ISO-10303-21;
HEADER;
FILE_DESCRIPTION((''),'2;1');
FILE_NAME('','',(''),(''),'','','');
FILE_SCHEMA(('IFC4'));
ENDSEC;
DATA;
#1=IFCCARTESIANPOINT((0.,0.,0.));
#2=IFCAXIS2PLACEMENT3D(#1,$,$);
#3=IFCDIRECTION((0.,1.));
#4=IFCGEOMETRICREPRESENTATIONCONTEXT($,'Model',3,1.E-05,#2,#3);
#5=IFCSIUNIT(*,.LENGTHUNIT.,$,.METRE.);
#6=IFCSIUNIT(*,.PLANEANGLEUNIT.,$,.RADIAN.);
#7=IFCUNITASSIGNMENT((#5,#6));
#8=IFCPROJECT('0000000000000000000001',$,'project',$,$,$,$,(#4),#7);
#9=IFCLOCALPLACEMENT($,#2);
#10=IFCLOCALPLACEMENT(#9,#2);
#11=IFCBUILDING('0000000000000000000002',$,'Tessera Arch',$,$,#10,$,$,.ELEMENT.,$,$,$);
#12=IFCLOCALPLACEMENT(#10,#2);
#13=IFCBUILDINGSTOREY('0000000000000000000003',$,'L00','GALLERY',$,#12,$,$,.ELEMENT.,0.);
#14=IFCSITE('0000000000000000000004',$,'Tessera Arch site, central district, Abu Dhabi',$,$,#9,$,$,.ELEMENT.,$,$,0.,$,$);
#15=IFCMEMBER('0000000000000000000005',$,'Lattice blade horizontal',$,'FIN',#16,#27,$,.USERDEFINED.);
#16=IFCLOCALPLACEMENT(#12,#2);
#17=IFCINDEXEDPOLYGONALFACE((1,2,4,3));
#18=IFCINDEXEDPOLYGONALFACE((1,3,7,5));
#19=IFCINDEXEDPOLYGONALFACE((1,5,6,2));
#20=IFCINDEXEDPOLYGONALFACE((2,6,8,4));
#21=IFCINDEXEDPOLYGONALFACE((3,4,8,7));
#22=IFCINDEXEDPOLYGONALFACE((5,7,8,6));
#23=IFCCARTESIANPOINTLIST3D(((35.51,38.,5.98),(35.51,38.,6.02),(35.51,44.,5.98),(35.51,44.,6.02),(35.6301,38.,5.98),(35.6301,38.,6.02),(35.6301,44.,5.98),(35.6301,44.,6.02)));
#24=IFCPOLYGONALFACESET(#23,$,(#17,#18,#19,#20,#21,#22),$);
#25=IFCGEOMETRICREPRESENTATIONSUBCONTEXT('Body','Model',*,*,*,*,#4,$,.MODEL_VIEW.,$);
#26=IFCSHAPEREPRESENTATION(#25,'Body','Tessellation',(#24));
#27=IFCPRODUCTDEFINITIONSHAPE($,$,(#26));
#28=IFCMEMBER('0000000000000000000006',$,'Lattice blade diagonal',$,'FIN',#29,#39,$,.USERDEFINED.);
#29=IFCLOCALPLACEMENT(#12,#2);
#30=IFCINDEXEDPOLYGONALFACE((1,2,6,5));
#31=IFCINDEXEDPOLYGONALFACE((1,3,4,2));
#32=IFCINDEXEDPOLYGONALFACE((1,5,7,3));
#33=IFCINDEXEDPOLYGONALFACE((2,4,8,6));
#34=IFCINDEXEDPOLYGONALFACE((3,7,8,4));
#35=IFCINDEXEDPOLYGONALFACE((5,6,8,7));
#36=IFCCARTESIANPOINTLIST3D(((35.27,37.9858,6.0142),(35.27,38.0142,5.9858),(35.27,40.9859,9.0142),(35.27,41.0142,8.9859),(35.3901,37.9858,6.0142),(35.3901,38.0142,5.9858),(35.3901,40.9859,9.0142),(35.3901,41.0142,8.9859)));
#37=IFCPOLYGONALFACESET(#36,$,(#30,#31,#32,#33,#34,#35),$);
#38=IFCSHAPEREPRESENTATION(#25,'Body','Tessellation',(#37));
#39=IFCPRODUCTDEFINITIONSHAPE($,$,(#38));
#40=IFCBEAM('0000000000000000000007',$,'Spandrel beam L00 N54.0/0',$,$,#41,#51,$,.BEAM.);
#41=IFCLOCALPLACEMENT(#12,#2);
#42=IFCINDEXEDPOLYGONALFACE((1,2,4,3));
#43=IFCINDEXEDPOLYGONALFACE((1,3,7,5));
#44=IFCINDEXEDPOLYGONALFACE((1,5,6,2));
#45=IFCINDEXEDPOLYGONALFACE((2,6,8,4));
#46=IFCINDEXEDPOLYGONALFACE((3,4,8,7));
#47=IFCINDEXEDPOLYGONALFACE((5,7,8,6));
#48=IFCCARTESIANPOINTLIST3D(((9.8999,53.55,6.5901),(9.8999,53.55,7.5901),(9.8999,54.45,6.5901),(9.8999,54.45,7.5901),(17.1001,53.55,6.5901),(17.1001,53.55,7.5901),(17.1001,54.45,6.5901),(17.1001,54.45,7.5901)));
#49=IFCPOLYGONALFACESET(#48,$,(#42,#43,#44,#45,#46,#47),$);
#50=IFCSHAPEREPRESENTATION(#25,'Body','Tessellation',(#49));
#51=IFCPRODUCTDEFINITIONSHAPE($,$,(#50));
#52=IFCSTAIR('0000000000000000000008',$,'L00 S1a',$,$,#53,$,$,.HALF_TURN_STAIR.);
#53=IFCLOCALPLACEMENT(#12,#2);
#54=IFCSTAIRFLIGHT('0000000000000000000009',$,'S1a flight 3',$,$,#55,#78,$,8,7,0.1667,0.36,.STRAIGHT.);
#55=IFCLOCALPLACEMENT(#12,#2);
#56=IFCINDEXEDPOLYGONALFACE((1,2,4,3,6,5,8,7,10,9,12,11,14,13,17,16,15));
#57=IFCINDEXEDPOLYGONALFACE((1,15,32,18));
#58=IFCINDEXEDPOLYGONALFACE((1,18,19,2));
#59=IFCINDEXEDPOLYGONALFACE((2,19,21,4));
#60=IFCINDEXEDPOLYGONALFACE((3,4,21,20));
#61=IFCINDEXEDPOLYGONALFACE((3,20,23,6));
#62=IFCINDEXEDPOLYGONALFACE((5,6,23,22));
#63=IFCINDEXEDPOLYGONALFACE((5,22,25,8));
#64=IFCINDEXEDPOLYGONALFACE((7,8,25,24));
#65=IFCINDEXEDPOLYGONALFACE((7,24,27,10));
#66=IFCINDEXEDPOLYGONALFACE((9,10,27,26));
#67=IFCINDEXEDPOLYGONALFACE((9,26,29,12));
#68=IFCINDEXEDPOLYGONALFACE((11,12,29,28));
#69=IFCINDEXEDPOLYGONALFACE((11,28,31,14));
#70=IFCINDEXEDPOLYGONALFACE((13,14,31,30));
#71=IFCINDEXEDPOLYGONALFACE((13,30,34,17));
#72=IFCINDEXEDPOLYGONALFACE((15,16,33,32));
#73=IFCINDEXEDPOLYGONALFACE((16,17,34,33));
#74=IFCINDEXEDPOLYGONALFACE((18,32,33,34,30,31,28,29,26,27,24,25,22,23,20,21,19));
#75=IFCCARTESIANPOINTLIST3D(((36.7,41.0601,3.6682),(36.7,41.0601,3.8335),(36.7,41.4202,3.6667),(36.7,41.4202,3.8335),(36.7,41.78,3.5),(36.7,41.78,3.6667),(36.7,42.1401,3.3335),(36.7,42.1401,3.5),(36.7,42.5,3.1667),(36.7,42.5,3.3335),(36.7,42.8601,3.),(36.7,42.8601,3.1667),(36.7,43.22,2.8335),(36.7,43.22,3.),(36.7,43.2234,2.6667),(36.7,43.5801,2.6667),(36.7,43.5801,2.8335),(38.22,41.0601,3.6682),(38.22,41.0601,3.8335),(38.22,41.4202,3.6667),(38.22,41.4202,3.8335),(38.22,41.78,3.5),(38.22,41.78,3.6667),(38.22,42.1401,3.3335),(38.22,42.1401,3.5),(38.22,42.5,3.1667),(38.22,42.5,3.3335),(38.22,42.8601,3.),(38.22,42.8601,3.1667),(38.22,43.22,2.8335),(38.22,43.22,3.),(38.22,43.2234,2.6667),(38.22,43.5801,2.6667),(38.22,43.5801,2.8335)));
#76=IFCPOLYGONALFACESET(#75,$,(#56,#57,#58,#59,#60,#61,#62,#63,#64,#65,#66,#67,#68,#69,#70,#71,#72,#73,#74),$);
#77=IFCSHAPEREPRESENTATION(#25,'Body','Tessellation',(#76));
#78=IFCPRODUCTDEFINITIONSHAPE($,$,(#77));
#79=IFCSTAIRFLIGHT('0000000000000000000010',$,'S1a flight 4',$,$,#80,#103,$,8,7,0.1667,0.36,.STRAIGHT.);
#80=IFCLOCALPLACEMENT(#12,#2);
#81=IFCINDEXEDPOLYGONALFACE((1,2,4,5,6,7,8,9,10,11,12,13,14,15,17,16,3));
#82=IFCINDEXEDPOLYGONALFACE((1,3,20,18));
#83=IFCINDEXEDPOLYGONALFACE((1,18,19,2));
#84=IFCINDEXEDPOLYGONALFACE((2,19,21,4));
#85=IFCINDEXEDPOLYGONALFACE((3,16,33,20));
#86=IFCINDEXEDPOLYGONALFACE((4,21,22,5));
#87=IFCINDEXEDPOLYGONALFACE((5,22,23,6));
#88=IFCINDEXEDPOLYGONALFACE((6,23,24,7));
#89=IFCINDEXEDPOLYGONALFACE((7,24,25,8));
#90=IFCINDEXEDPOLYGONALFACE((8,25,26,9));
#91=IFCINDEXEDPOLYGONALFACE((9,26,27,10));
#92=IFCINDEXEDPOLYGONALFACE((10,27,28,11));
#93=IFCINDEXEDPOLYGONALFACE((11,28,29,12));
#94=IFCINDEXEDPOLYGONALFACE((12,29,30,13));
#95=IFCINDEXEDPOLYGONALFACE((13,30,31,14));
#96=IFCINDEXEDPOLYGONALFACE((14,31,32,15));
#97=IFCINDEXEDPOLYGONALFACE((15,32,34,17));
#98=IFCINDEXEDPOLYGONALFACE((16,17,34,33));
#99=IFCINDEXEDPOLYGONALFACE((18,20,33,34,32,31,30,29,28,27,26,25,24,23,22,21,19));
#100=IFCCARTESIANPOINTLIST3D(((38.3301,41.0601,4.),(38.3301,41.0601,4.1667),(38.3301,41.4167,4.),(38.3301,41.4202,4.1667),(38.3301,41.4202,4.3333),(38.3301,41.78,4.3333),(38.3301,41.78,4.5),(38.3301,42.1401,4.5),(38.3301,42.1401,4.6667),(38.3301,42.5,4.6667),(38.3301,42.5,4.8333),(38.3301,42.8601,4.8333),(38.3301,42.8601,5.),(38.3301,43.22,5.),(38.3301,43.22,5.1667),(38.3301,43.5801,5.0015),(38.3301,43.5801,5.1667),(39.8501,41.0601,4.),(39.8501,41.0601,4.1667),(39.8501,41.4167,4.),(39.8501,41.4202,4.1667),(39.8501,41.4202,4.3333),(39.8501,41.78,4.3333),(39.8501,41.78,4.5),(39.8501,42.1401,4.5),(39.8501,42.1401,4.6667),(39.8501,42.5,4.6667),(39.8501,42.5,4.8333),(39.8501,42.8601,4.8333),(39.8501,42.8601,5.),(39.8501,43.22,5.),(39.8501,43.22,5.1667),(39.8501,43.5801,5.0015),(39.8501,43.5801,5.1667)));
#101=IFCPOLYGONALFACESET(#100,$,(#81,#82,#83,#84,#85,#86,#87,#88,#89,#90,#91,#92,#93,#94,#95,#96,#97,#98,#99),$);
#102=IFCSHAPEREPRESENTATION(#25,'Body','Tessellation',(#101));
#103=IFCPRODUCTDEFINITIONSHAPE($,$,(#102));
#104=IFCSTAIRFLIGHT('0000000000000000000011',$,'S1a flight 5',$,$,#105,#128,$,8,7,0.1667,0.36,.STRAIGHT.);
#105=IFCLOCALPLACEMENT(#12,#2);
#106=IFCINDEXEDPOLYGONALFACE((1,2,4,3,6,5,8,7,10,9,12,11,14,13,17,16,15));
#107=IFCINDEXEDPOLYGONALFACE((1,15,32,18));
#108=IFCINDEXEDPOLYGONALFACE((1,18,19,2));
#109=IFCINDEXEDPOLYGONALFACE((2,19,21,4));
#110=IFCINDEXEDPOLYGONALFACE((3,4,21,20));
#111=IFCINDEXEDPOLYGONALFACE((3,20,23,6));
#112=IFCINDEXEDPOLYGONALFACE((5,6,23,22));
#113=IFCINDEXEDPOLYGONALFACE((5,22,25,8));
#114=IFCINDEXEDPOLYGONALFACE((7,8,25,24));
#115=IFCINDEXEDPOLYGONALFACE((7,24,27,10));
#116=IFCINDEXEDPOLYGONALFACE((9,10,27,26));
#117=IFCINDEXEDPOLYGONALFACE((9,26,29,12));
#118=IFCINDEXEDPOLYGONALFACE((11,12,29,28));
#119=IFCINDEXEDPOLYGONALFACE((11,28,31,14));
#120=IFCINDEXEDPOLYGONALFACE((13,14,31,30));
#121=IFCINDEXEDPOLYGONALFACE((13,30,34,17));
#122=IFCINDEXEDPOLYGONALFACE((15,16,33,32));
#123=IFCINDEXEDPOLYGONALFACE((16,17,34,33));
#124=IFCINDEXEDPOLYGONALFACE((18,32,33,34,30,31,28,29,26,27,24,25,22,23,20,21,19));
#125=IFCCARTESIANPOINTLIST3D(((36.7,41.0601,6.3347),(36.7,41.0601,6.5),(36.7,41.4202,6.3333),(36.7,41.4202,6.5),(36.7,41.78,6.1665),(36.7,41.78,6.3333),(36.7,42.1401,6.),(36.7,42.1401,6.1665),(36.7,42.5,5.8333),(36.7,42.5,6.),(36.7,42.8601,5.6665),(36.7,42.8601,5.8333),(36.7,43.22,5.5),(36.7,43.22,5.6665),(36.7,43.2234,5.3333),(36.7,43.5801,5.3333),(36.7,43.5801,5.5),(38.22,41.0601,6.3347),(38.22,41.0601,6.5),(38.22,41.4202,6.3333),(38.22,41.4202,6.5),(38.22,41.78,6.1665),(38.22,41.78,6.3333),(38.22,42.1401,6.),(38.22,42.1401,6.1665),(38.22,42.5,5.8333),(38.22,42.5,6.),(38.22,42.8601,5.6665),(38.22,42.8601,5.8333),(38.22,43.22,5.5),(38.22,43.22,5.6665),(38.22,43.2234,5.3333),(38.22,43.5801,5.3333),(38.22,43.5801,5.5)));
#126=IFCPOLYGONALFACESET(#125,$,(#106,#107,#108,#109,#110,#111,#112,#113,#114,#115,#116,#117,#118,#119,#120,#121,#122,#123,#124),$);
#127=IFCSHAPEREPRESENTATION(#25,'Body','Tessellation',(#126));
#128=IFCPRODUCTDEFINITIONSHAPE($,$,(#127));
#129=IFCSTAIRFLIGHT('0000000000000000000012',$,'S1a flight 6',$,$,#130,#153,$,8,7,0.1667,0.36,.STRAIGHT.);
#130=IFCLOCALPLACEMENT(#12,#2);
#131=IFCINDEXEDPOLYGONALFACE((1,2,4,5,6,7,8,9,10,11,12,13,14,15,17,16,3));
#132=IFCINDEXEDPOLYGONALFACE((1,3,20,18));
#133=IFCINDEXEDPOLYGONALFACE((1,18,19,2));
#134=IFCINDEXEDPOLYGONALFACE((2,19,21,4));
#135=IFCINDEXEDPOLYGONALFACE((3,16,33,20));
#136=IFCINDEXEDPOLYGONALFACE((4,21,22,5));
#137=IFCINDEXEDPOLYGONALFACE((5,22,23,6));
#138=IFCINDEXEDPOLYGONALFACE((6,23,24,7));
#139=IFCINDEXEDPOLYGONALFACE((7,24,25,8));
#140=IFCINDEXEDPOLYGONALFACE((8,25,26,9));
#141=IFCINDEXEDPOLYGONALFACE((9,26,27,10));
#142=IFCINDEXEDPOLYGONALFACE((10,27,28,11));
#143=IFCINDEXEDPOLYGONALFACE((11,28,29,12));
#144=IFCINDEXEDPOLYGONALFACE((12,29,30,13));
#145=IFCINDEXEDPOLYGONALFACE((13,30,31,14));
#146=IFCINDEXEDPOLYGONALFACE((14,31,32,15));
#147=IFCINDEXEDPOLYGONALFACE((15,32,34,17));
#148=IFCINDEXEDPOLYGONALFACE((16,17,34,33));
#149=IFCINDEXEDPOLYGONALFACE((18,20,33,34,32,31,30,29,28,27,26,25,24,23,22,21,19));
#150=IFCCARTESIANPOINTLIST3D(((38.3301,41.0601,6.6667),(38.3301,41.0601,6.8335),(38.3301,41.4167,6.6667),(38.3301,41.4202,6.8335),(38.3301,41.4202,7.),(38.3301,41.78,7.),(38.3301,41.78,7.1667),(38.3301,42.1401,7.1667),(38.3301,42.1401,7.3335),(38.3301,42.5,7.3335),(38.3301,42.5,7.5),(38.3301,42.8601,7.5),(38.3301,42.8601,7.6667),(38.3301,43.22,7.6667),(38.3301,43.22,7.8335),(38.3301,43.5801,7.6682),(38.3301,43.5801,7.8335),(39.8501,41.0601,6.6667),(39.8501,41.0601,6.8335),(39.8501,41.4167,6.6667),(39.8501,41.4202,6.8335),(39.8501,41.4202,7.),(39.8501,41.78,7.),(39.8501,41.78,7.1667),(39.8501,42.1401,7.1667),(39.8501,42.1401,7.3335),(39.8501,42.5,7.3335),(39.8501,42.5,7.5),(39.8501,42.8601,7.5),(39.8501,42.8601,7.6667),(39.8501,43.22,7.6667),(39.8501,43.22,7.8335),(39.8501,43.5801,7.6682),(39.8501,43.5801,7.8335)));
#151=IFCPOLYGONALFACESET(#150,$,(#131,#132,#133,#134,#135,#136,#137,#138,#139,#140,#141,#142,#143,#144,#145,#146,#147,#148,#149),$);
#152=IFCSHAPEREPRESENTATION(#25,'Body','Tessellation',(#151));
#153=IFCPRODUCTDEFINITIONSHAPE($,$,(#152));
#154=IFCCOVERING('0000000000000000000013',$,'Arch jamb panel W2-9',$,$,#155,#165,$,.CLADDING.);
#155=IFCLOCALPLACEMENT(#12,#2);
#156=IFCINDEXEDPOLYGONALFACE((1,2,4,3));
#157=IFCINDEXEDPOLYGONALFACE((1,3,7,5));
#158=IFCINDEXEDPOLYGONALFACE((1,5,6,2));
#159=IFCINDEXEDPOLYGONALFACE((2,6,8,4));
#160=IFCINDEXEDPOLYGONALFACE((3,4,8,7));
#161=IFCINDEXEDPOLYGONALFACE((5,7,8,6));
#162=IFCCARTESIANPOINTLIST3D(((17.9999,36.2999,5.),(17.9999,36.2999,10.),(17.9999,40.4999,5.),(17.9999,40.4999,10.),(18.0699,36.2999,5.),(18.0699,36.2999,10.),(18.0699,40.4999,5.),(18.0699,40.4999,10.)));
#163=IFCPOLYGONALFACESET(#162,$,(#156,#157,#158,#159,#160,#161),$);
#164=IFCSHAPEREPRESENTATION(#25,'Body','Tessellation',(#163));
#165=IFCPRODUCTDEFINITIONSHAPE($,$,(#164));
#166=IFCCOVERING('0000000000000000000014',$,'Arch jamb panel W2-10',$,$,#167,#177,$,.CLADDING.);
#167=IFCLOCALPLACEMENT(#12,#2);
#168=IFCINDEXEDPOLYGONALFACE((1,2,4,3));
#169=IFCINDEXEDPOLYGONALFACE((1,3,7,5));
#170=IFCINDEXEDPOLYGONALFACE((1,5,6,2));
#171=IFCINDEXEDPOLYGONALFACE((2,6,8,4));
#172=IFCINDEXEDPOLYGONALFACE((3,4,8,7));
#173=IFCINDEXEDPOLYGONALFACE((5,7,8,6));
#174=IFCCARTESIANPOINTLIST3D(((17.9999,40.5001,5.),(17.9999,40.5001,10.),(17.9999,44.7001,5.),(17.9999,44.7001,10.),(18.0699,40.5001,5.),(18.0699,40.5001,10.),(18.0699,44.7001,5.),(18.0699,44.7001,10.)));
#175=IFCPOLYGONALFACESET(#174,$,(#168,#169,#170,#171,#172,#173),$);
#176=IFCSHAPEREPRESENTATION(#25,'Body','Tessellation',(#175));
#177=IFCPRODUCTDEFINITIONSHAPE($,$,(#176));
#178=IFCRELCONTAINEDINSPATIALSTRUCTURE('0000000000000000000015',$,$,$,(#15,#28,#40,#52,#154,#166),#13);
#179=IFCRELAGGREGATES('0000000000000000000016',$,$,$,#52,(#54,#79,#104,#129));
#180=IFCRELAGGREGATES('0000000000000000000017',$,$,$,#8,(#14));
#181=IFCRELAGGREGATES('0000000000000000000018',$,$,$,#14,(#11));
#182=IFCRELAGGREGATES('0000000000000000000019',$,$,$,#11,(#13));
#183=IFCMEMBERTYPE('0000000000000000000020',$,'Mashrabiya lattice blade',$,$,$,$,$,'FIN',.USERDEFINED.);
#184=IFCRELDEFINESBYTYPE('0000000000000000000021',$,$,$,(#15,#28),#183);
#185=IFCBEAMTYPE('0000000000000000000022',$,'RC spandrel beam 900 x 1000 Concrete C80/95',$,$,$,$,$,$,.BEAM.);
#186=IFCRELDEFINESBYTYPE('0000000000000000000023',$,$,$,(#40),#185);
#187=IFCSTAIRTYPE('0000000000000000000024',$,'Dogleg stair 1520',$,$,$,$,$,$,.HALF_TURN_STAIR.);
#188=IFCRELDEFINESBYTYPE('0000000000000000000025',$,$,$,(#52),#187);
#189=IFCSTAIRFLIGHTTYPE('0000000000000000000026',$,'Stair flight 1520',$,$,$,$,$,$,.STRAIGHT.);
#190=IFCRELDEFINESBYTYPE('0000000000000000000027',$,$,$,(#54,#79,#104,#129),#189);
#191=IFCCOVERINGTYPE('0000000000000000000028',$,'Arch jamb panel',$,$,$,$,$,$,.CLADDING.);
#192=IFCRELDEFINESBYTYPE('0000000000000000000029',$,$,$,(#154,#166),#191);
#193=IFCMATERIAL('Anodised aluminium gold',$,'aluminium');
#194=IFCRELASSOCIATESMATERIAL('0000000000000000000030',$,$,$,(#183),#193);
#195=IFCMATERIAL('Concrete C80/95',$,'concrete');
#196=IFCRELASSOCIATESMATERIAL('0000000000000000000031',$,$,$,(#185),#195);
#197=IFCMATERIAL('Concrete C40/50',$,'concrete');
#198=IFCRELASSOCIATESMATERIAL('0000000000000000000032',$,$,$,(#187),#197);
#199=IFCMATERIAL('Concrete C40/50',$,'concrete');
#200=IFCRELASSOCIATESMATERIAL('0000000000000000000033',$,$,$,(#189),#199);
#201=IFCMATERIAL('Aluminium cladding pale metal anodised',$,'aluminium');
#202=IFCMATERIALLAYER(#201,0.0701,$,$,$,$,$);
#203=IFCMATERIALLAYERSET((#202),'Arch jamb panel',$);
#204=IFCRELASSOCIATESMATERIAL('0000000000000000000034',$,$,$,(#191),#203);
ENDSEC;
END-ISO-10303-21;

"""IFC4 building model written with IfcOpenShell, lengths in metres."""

from ifc_helpers import new_model, si_unit, direction, frame, origin, origin_2d, place, context, subcontext, project, spatial, polyline, rectangle, outline, extrude, material, layer, layer_set, material_profile, profile_set, type_object, element, aggregate, save


model = new_model("IFC4")

# Units and contexts
model_context = context("Model", 3, precision=1e-05, world=origin(), true_north=direction((0.0, 1.0)))
body_context = subcontext(model_context, "Body", "Model", "MODEL_VIEW")
ifc_project = project(units=[si_unit("LENGTHUNIT", "METRE"), si_unit("PLANEANGLEUNIT", "RADIAN")], contexts=[model_context])

# Site, building, storey
site_placement = place(None, origin())
site = spatial("IfcSite", under=ifc_project, at=site_placement, Name="Tessera Arch site, central district, Abu Dhabi", CompositionType="ELEMENT", RefElevation=0.0)
building_placement = place(site_placement, origin())
building = spatial("IfcBuilding", under=site, at=building_placement, Name="Tessera Arch", CompositionType="ELEMENT")
storey_placement = place(building_placement, origin())
storey = spatial("IfcBuildingStorey", under=building, at=storey_placement, Name="L00", Description="GALLERY", CompositionType="ELEMENT", Elevation=0.0)

# Members
ifc_material_1 = material(Name="Anodised aluminium gold", Category="aluminium")
ifc_material_profile_1 = material_profile(ifc_material_1, rectangle(XDim=0.1201, YDim=0.04, at=origin_2d()), Name="AL 40x120")
ifc_profile_set_1 = profile_set([ifc_material_profile_1], Name="Anodised aluminium gold")
member_type = type_object("IfcMemberType", Name="Mashrabiya lattice blade", ElementType="FIN", PredefinedType="USERDEFINED", material=ifc_profile_set_1)
member_1_placement = place(storey_placement, frame((35.5701, 38.0, 6.0), z_axis=(0.0, 1.0, 0.0), x_axis=(-1.0, 0.0, 0.0)))
element("IfcMember", 1, at=member_1_placement, inside=storey, type_object=member_type, Name="Lattice blade horizontal", ObjectType="FIN", PredefinedType="USERDEFINED", context=body_context, shape_type="SweptSolid", body=[
    extrude(rectangle(XDim=0.1201, YDim=0.04, at=origin_2d()), origin(), (0.0, 0.0, 1.0), 6.0),
])
member_2_placement = place(storey_placement, frame((35.3301, 38.0, 6.0), z_axis=(0.0, 0.707107, 0.707107), x_axis=(-1.0, 0.0, 0.0)))
element("IfcMember", 2, at=member_2_placement, inside=storey, type_object=member_type, Name="Lattice blade diagonal", ObjectType="FIN", PredefinedType="USERDEFINED", context=body_context, shape_type="SweptSolid", body=[
    extrude(rectangle(XDim=0.1201, YDim=0.04, at=origin_2d()), origin(), (0.0, 0.0, 1.0), 4.2427),
])

# Beam
ifc_material_2 = material(Name="Concrete C80/95", Category="concrete")
ifc_material_profile_2 = material_profile(ifc_material_2, rectangle(XDim=0.8999, YDim=1.0, at=origin_2d()), Name="RC spandrel beam 900 x 1000 Concrete C80/95")
ifc_profile_set_2 = profile_set([ifc_material_profile_2], Name="Concrete C80/95")
beam_type = type_object("IfcBeamType", Name="RC spandrel beam 900 x 1000 Concrete C80/95", PredefinedType="BEAM", material=ifc_profile_set_2)
beam_placement = place(storey_placement, frame((17.1001, 54.0, 7.0901), z_axis=(-1.0, 0.0, 0.0), x_axis=(0.0, -1.0, 0.0)))
element("IfcBeam", 3, at=beam_placement, inside=storey, type_object=beam_type, Name="Spandrel beam L00 N54.0/0", PredefinedType="BEAM", context=body_context, shape_type="SweptSolid", body=[
    extrude(rectangle(XDim=0.8999, YDim=1.0, at=origin_2d()), origin(), (0.0, 0.0, 1.0), 7.2002),
])

# Stair, stair flights
ifc_material_3 = material(Name="Concrete C40/50", Category="concrete")
stair_type = type_object("IfcStairType", Name="Dogleg stair 1520", PredefinedType="HALF_TURN_STAIR", material=ifc_material_3)
stair_placement = place(storey_placement, origin())
stair = element("IfcStair", 4, at=stair_placement, inside=storey, type_object=stair_type, Name="L00 S1a", PredefinedType="HALF_TURN_STAIR")
ifc_material_4 = material(Name="Concrete C40/50", Category="concrete")
stair_flight_type = type_object("IfcStairFlightType", Name="Stair flight 1520", PredefinedType="STRAIGHT", material=ifc_material_4)
stair_flight_1_placement = place(storey_placement, frame((37.46, 43.5801, 2.6667), z_axis=(0.0, 0.0, 1.0), x_axis=(0.0, -1.0, 0.0)))
stair_flight_1 = element("IfcStairFlight", 5, at=stair_flight_1_placement, type_object=stair_flight_type, Name="S1a flight 3", NumberOfRisers=8, NumberOfTreads=7, PredefinedType="STRAIGHT", RiserHeight=0.1667, TreadLength=0.36, context=body_context, shape_type="SweptSolid", body=[
    extrude(outline(polyline([(0.0, 0.0), (0.0, 0.1667), (0.3601, 0.1667), (0.3601, 0.3333), (0.72, 0.3333), (0.72, 0.5), (1.0801, 0.5), (1.0801, 0.6667), (1.4399, 0.6667), (1.4399, 0.8333), (1.8, 0.8333), (1.8, 1.0), (2.1599, 1.0), (2.1599, 1.1667), (2.52, 1.1667), (2.52, 1.3333), (2.52, 1.0015), (0.3567, 0.0), (0.0, 0.0)])), frame((0.0, 0.76, 0.0), z_axis=(0.0, -1.0, 0.0), x_axis=(1.0, 0.0, 0.0)), (0.0, 0.0, 1.0), 1.52),
])
stair_flight_2_placement = place(storey_placement, frame((39.0901, 41.0601, 4.0), z_axis=(0.0, 0.0, 1.0), x_axis=(0.0, 1.0, 0.0)))
stair_flight_2 = element("IfcStairFlight", 6, at=stair_flight_2_placement, type_object=stair_flight_type, Name="S1a flight 4", NumberOfRisers=8, NumberOfTreads=7, PredefinedType="STRAIGHT", RiserHeight=0.1667, TreadLength=0.36, context=body_context, shape_type="SweptSolid", body=[
    extrude(outline(polyline([(0.0, 0.0), (0.0, 0.1667), (0.3601, 0.1667), (0.3601, 0.3333), (0.72, 0.3333), (0.72, 0.5), (1.0801, 0.5), (1.0801, 0.6667), (1.4399, 0.6667), (1.4399, 0.8333), (1.8, 0.8333), (1.8, 1.0), (2.1599, 1.0), (2.1599, 1.1667), (2.52, 1.1667), (2.52, 1.3333), (2.52, 1.0015), (0.3567, 0.0), (0.0, 0.0)])), frame((0.0, 0.76, 0.0), z_axis=(0.0, -1.0, 0.0), x_axis=(1.0, 0.0, 0.0)), (0.0, 0.0, 1.0), 1.52),
])
stair_flight_3_placement = place(storey_placement, frame((37.46, 43.5801, 5.3333), z_axis=(0.0, 0.0, 1.0), x_axis=(0.0, -1.0, 0.0)))
stair_flight_3 = element("IfcStairFlight", 7, at=stair_flight_3_placement, type_object=stair_flight_type, Name="S1a flight 5", NumberOfRisers=8, NumberOfTreads=7, PredefinedType="STRAIGHT", RiserHeight=0.1667, TreadLength=0.36, context=body_context, shape_type="SweptSolid", body=[
    extrude(outline(polyline([(0.0, 0.0), (0.0, 0.1667), (0.3601, 0.1667), (0.3601, 0.3333), (0.72, 0.3333), (0.72, 0.5), (1.0801, 0.5), (1.0801, 0.6667), (1.4399, 0.6667), (1.4399, 0.8333), (1.8, 0.8333), (1.8, 1.0), (2.1599, 1.0), (2.1599, 1.1667), (2.52, 1.1667), (2.52, 1.3333), (2.52, 1.0015), (0.3567, 0.0), (0.0, 0.0)])), frame((0.0, 0.76, 0.0), z_axis=(0.0, -1.0, 0.0), x_axis=(1.0, 0.0, 0.0)), (0.0, 0.0, 1.0), 1.52),
])
stair_flight_4_placement = place(storey_placement, frame((39.0901, 41.0601, 6.6667), z_axis=(0.0, 0.0, 1.0), x_axis=(0.0, 1.0, 0.0)))
stair_flight_4 = element("IfcStairFlight", 8, at=stair_flight_4_placement, type_object=stair_flight_type, Name="S1a flight 6", NumberOfRisers=8, NumberOfTreads=7, PredefinedType="STRAIGHT", RiserHeight=0.1667, TreadLength=0.36, context=body_context, shape_type="SweptSolid", body=[
    extrude(outline(polyline([(0.0, 0.0), (0.0, 0.1667), (0.3601, 0.1667), (0.3601, 0.3333), (0.72, 0.3333), (0.72, 0.5), (1.0801, 0.5), (1.0801, 0.6667), (1.4399, 0.6667), (1.4399, 0.8333), (1.8, 0.8333), (1.8, 1.0), (2.1599, 1.0), (2.1599, 1.1667), (2.52, 1.1667), (2.52, 1.3333), (2.52, 1.0015), (0.3567, 0.0), (0.0, 0.0)])), frame((0.0, 0.76, 0.0), z_axis=(0.0, -1.0, 0.0), x_axis=(1.0, 0.0, 0.0)), (0.0, 0.0, 1.0), 1.52),
])
aggregate(stair, [stair_flight_1, stair_flight_2, stair_flight_3, stair_flight_4])

# Coverings
ifc_material_5 = material(Name="Aluminium cladding pale metal anodised", Category="aluminium")
ifc_layer = layer(ifc_material_5, 0.0701)
ifc_layer_set = layer_set([ifc_layer], Name="Arch jamb panel")
covering_type = type_object("IfcCoveringType", Name="Arch jamb panel", PredefinedType="CLADDING", material=ifc_layer_set)
for number, where, z_axis, x_axis, name in (
    (9, (18.0349, 38.3999, 5.0), (0.0, 0.0, 1.0), (1.0, 0.0, 0.0), "Arch jamb panel W2-9"),
    (10, (18.0349, 42.6001, 5.0), (0.0, 0.0, 1.0), (1.0, 0.0, 0.0), "Arch jamb panel W2-10"),
):
    element("IfcCovering", number, at=place(storey_placement, frame(where, z_axis=z_axis, x_axis=x_axis)), inside=storey, type_object=covering_type, Name=name, PredefinedType="CLADDING", context=body_context, shape_type="SweptSolid", body=[
        extrude(rectangle(XDim=0.0701, YDim=4.2, at=origin_2d()), origin(), (0.0, 0.0, 1.0), 5.0),
    ])

save(model, "model.ifc")
